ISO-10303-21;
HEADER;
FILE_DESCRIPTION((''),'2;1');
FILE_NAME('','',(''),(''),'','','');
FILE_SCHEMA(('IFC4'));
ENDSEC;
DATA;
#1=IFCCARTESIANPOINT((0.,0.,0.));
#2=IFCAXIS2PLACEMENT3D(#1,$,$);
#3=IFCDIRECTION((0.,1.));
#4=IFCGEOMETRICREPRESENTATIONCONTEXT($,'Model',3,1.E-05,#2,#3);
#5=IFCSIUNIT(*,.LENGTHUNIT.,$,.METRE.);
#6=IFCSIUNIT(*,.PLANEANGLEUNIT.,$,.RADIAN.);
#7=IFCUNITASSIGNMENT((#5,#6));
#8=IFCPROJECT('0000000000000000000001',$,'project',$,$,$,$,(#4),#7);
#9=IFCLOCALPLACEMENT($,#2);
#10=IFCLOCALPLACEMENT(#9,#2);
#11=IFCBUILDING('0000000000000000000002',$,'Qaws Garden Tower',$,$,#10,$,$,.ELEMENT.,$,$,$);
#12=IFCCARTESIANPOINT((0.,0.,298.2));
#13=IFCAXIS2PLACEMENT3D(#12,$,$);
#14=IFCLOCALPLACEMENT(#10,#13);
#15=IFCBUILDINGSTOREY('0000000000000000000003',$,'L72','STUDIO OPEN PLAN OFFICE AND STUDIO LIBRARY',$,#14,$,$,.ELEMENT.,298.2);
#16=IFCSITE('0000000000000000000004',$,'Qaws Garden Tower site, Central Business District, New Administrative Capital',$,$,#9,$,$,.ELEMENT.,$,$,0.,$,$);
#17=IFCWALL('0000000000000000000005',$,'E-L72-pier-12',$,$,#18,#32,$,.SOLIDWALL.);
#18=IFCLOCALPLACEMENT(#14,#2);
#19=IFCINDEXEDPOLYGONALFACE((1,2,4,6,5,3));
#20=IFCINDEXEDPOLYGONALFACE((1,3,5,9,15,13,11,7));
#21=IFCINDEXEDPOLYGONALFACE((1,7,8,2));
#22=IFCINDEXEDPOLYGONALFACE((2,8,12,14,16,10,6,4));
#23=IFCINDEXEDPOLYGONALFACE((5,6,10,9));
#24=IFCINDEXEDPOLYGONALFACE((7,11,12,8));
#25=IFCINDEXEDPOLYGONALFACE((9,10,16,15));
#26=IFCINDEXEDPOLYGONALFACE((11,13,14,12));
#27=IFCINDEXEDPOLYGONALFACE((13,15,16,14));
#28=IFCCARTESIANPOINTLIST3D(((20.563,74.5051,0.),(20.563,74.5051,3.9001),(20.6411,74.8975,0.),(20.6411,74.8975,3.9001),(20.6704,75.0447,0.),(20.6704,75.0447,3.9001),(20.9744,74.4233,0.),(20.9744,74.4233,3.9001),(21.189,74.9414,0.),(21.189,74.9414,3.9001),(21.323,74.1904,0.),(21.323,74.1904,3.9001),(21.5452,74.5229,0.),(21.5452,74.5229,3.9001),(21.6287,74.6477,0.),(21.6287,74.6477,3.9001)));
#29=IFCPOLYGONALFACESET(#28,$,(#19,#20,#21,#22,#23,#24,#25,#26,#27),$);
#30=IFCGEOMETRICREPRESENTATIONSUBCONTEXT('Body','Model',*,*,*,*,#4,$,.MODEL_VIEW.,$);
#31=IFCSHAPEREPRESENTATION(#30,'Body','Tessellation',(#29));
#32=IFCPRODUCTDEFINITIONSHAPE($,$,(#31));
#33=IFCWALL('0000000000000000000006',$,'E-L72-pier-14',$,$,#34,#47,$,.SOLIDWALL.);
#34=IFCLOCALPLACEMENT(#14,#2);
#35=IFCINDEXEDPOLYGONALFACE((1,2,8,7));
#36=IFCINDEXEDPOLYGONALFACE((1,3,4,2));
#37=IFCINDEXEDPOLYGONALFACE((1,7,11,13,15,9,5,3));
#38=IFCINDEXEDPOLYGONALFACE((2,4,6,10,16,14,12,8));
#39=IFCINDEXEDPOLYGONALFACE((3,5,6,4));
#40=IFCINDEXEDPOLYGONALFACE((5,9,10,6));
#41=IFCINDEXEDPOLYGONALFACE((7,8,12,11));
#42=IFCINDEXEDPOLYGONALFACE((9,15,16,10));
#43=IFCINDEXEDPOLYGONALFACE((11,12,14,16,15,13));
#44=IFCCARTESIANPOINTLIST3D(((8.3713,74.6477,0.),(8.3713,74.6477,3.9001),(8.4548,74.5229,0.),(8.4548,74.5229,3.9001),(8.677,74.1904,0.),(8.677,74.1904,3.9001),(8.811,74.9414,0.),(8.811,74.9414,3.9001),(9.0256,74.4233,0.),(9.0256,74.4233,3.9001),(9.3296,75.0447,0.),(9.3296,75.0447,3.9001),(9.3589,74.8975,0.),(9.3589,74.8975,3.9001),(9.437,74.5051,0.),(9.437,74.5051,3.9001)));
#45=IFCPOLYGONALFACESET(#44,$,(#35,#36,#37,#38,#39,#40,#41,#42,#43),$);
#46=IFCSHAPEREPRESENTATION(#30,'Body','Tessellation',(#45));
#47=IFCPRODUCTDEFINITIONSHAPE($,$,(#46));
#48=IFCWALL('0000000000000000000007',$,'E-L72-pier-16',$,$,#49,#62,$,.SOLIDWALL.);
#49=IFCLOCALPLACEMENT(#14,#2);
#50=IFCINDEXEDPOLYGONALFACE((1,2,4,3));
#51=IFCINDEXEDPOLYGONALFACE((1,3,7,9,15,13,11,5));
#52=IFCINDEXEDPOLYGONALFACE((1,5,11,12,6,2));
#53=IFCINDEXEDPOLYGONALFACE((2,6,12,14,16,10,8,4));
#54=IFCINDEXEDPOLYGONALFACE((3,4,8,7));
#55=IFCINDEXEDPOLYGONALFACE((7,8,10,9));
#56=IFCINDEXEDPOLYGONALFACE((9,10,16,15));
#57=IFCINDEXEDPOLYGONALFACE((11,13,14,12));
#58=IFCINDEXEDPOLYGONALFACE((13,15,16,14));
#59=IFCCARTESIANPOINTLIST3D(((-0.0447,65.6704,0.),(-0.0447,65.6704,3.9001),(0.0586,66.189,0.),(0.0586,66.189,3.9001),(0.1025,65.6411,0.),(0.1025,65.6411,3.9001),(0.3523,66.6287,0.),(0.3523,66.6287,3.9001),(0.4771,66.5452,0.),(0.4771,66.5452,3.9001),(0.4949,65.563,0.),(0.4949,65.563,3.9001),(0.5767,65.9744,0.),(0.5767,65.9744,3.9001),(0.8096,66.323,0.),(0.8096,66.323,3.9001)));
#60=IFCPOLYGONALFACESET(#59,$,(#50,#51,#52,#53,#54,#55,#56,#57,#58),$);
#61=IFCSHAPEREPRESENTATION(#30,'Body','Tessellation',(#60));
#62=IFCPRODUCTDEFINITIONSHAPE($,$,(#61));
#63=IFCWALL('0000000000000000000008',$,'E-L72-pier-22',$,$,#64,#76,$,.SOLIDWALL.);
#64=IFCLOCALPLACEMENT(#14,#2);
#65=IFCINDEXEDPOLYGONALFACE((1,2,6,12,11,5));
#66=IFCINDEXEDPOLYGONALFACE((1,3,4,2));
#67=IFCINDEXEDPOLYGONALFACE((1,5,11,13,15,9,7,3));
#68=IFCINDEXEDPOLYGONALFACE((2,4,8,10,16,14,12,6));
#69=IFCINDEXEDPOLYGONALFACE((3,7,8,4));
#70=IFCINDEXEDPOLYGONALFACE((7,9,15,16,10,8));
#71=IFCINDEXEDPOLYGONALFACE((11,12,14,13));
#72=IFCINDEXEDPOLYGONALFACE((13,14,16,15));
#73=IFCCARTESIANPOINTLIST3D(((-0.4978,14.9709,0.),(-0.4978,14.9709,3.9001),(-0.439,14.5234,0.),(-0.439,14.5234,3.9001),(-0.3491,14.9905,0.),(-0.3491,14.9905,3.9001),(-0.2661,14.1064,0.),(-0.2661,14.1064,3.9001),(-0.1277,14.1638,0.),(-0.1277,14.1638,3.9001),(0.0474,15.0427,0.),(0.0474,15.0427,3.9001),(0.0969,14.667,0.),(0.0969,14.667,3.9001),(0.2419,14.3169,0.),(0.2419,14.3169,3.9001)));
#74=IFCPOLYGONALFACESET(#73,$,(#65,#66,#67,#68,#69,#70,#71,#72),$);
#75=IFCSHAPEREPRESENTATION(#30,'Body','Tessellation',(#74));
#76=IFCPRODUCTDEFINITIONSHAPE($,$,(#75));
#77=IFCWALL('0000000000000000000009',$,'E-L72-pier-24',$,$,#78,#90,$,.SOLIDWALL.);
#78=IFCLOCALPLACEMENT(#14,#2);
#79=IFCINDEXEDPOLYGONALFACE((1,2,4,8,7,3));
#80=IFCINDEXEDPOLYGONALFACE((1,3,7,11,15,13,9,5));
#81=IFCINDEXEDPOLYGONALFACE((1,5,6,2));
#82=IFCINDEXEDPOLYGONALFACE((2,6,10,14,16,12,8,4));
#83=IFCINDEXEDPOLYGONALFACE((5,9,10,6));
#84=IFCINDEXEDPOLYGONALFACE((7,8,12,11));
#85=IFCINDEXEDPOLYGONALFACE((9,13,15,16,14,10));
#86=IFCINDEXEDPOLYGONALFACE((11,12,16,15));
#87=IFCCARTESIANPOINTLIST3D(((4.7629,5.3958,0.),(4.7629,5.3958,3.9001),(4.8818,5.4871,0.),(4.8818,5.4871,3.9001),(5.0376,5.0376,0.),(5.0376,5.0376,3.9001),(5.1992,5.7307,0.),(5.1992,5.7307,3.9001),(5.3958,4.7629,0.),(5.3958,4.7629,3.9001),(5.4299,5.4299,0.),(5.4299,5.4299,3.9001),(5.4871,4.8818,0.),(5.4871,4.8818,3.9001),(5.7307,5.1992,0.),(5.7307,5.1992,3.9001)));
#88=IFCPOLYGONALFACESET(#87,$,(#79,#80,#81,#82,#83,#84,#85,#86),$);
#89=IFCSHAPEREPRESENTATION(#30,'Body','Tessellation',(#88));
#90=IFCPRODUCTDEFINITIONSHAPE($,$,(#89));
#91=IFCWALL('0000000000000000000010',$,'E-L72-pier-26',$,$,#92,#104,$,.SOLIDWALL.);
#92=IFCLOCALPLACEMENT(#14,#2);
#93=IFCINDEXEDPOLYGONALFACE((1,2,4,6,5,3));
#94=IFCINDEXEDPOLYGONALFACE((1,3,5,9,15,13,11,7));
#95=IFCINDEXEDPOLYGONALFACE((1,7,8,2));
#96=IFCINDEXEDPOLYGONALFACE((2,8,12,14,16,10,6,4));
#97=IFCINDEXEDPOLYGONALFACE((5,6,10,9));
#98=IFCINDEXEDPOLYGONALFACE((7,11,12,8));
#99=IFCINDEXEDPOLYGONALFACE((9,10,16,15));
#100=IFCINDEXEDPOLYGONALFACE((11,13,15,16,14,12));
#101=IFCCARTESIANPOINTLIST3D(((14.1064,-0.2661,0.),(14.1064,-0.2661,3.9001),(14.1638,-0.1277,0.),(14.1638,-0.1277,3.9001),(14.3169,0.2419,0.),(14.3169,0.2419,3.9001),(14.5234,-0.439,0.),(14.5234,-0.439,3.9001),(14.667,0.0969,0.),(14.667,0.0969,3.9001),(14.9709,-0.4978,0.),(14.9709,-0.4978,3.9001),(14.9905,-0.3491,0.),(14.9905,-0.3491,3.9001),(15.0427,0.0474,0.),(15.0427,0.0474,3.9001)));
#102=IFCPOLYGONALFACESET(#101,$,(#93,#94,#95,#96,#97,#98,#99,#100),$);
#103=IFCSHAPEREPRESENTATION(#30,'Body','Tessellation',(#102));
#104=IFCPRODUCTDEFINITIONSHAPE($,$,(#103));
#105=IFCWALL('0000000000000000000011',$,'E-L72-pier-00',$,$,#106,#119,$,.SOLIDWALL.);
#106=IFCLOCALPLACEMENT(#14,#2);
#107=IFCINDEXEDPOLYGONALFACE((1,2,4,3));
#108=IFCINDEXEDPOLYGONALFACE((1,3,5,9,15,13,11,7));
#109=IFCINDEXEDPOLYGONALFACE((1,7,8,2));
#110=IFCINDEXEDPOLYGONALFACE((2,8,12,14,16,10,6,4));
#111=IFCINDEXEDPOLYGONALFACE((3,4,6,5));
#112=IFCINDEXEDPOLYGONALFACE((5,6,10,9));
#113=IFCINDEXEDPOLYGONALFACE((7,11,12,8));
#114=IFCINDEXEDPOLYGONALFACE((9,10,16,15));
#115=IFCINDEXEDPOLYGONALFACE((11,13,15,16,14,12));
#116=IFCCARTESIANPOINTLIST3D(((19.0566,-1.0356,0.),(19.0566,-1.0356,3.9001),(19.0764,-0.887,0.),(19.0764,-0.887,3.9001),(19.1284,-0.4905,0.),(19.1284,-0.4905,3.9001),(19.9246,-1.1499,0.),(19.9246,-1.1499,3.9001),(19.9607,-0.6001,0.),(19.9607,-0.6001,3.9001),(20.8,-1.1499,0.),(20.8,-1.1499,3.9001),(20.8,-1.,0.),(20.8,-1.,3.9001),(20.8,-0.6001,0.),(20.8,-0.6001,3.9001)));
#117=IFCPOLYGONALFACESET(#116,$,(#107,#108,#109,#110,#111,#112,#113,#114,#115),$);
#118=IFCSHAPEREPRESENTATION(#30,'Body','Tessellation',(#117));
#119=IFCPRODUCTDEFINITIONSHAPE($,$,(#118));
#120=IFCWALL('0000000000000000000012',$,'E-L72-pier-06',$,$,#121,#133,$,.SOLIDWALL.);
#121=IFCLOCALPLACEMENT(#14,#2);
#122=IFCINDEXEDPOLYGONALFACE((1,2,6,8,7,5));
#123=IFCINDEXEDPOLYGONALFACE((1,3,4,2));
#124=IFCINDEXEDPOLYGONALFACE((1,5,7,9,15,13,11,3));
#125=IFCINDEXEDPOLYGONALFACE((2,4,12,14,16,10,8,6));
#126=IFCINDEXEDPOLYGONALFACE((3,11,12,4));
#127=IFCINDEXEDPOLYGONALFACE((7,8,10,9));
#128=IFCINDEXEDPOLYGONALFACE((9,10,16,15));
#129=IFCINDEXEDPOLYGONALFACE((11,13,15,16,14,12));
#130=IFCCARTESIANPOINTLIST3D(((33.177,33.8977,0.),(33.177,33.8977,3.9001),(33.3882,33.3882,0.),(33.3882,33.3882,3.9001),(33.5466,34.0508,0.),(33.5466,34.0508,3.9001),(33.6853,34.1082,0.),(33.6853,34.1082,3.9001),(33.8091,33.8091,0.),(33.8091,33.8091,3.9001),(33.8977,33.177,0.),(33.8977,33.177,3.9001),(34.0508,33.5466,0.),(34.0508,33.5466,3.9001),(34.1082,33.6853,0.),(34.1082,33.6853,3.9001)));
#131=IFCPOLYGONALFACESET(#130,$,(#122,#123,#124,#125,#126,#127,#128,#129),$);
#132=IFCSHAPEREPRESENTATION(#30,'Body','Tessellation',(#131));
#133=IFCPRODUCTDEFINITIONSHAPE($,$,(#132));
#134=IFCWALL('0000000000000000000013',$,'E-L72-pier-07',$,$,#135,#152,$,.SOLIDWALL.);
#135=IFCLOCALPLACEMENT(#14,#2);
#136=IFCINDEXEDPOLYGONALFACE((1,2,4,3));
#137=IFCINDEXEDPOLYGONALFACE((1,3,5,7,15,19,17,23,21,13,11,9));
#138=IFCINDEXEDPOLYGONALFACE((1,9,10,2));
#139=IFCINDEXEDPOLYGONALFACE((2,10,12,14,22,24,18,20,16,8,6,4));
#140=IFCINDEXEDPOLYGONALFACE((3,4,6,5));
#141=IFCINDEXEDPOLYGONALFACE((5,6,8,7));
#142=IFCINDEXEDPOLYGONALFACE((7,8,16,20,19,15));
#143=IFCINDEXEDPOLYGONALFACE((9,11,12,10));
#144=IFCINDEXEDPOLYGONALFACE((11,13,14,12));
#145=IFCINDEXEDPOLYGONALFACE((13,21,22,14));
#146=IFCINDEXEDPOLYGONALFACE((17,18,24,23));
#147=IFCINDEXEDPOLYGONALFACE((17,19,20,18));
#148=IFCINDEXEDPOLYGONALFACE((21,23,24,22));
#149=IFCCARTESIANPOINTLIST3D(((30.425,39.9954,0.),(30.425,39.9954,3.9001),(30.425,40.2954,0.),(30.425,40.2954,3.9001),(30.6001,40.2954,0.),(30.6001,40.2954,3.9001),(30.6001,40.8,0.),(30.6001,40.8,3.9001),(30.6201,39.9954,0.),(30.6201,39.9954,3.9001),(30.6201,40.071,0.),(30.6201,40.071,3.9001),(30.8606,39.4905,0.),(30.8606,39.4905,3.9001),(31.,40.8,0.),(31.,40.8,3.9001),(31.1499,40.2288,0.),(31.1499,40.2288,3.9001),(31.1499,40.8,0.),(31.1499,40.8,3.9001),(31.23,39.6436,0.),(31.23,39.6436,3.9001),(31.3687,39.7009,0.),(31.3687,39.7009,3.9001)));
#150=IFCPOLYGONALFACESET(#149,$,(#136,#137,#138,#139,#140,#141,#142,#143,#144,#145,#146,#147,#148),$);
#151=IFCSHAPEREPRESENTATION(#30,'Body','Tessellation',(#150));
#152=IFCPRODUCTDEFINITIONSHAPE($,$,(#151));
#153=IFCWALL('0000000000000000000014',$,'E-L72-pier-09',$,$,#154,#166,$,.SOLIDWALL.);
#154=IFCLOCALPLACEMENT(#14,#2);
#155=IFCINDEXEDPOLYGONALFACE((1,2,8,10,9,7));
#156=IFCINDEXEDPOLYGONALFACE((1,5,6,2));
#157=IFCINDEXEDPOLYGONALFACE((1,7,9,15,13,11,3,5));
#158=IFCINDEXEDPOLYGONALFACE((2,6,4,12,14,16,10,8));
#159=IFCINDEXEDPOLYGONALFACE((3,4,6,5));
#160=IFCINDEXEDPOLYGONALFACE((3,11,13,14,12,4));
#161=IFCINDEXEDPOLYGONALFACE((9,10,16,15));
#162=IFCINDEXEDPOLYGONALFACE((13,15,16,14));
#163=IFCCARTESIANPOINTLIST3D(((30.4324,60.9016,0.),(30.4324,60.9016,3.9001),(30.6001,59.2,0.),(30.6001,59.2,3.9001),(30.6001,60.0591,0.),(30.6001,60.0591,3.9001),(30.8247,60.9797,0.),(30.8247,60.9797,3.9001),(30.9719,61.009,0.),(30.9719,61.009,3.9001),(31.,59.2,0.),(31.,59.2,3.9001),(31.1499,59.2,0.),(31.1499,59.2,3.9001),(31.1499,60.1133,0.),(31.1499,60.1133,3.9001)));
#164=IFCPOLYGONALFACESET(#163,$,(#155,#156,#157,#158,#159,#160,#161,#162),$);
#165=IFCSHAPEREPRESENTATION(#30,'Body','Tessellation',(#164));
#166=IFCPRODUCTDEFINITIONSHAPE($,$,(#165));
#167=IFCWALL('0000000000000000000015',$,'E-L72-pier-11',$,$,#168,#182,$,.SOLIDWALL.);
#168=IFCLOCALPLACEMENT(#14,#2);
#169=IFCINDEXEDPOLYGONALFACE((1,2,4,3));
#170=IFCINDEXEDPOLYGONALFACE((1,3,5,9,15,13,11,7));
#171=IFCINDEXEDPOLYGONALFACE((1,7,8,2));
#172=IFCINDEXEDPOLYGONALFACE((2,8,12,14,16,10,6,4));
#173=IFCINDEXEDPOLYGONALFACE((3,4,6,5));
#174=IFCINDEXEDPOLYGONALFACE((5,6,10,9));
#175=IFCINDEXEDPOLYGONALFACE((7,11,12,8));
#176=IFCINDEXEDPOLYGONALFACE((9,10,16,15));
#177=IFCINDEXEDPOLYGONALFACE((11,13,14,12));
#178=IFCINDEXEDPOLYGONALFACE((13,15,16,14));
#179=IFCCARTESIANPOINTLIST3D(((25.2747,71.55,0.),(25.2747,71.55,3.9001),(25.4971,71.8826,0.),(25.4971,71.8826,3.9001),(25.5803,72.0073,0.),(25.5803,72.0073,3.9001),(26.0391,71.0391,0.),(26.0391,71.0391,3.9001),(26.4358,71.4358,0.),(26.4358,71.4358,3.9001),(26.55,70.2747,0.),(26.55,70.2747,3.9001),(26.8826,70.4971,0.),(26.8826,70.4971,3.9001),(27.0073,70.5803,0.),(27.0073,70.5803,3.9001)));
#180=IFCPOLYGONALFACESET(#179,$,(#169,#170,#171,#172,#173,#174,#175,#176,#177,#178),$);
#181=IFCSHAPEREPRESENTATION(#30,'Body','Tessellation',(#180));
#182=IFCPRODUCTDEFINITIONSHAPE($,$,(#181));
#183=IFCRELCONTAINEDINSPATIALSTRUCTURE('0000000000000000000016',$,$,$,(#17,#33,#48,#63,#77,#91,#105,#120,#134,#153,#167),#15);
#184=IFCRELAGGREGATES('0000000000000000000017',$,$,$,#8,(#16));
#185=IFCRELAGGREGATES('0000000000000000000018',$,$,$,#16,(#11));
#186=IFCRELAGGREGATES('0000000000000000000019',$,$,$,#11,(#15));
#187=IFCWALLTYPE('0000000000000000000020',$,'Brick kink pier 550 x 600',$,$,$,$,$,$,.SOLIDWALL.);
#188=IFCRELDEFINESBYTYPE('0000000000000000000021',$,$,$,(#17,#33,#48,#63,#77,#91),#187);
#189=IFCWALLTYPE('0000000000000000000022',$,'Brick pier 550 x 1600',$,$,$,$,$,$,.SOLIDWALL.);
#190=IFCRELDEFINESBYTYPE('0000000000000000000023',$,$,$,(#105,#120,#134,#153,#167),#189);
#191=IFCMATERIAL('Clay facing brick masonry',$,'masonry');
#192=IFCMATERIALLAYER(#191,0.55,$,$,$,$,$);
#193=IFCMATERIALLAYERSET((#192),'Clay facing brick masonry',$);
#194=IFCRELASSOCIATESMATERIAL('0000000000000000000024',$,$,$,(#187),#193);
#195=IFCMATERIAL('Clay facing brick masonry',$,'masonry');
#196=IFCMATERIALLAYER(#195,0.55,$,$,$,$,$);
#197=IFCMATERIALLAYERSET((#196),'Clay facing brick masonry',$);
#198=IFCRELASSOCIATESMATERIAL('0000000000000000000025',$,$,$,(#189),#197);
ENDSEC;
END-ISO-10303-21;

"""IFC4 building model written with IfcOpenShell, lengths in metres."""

from ifc_helpers import new_model, si_unit, direction, frame, origin, place, context, subcontext, project, spatial, polyline, outline, extrude, material, layer, layer_set, type_object, element, save


model = new_model("IFC4")

# Units and contexts
model_context = context("Model", 3, precision=1e-05, world=origin(), true_north=direction((0.0, 1.0)))
body_context = subcontext(model_context, "Body", "Model", "MODEL_VIEW")
ifc_project = project(units=[si_unit("LENGTHUNIT", "METRE"), si_unit("PLANEANGLEUNIT", "RADIAN")], contexts=[model_context])

# Site, building, storey
site_placement = place(None, origin())
site = spatial("IfcSite", under=ifc_project, at=site_placement, Name="Qaws Garden Tower site, Central Business District, New Administrative Capital", CompositionType="ELEMENT", RefElevation=0.0)
building_placement = place(site_placement, origin())
building = spatial("IfcBuilding", under=site, at=building_placement, Name="Qaws Garden Tower", CompositionType="ELEMENT")
storey_placement = place(building_placement, frame((0.0, 0.0, 298.2)))
storey = spatial("IfcBuildingStorey", under=building, at=storey_placement, Name="L72", Description="STUDIO OPEN PLAN OFFICE AND STUDIO LIBRARY", CompositionType="ELEMENT", Elevation=298.2)

# Walls
placement = place(storey_placement, origin())
ifc_material_1 = material(Name="Clay facing brick masonry", Category="masonry")
ifc_layer_1 = layer(ifc_material_1, 0.55)
ifc_layer_set_1 = layer_set([ifc_layer_1], Name="Clay facing brick masonry")
wall_type_1 = type_object("IfcWallType", Name="Brick kink pier 550 x 600", PredefinedType="SOLIDWALL", material=ifc_layer_set_1)
element("IfcWall", 1, at=placement, inside=storey, type_object=wall_type_1, Name="E-L72-pier-12", PredefinedType="SOLIDWALL", context=body_context, shape_type="SweptSolid", body=[
    extrude(outline(polyline([(21.5452, 74.5229), (21.6287, 74.6477), (21.189, 74.9414), (20.6704, 75.0447), (20.6411, 74.8975), (20.563, 74.5051), (20.9744, 74.4233), (21.323, 74.1904), (21.5452, 74.5229)])), origin(), (0.0, 0.0, 1.0), 3.9001),
])
element("IfcWall", 2, at=placement, inside=storey, type_object=wall_type_1, Name="E-L72-pier-14", PredefinedType="SOLIDWALL", context=body_context, shape_type="SweptSolid", body=[
    extrude(outline(polyline([(9.3589, 74.8975), (9.3296, 75.0447), (8.811, 74.9414), (8.3713, 74.6477), (8.4548, 74.5229), (8.677, 74.1904), (9.0256, 74.4233), (9.437, 74.5051), (9.3589, 74.8975)])), origin(), (0.0, 0.0, 1.0), 3.9001),
])
element("IfcWall", 3, at=placement, inside=storey, type_object=wall_type_1, Name="E-L72-pier-16", PredefinedType="SOLIDWALL", context=body_context, shape_type="SweptSolid", body=[
    extrude(outline(polyline([(0.4771, 66.5452), (0.3523, 66.6287), (0.0586, 66.189), (-0.0447, 65.6704), (0.1025, 65.6411), (0.4949, 65.563), (0.5767, 65.9744), (0.8096, 66.323), (0.4771, 66.5452)])), origin(), (0.0, 0.0, 1.0), 3.9001),
])
element("IfcWall", 4, at=placement, inside=storey, type_object=wall_type_1, Name="E-L72-pier-22", PredefinedType="SOLIDWALL", context=body_context, shape_type="SweptSolid", body=[
    extrude(outline(polyline([(-0.3491, 14.9905), (-0.4978, 14.9709), (-0.439, 14.5234), (-0.2661, 14.1064), (-0.1277, 14.1638), (0.2419, 14.3169), (0.0969, 14.667), (0.0474, 15.0427), (-0.3491, 14.9905)])), origin(), (0.0, 0.0, 1.0), 3.9001),
])
element("IfcWall", 5, at=placement, inside=storey, type_object=wall_type_1, Name="E-L72-pier-24", PredefinedType="SOLIDWALL", context=body_context, shape_type="SweptSolid", body=[
    extrude(outline(polyline([(4.8818, 5.4871), (4.7629, 5.3958), (5.0376, 5.0376), (5.3958, 4.7629), (5.4871, 4.8818), (5.7307, 5.1992), (5.4299, 5.4299), (5.1992, 5.7307), (4.8818, 5.4871)])), origin(), (0.0, 0.0, 1.0), 3.9001),
])
element("IfcWall", 6, at=placement, inside=storey, type_object=wall_type_1, Name="E-L72-pier-26", PredefinedType="SOLIDWALL", context=body_context, shape_type="SweptSolid", body=[
    extrude(outline(polyline([(14.1638, -0.1277), (14.1064, -0.2661), (14.5234, -0.439), (14.9709, -0.4978), (14.9905, -0.3491), (15.0427, 0.0474), (14.667, 0.0969), (14.3169, 0.2419), (14.1638, -0.1277)])), origin(), (0.0, 0.0, 1.0), 3.9001),
])
ifc_material_2 = material(Name="Clay facing brick masonry", Category="masonry")
ifc_layer_2 = layer(ifc_material_2, 0.55)
ifc_layer_set_2 = layer_set([ifc_layer_2], Name="Clay facing brick masonry")
wall_type_2 = type_object("IfcWallType", Name="Brick pier 550 x 1600", PredefinedType="SOLIDWALL", material=ifc_layer_set_2)
element("IfcWall", 7, at=placement, inside=storey, type_object=wall_type_2, Name="E-L72-pier-00", PredefinedType="SOLIDWALL", context=body_context, shape_type="SweptSolid", body=[
    extrude(outline(polyline([(19.0764, -0.887), (19.0566, -1.0356), (19.9246, -1.1499), (20.8, -1.1499), (20.8, -1.0), (20.8, -0.6001), (19.9607, -0.6001), (19.1284, -0.4905), (19.0764, -0.887)])), origin(), (0.0, 0.0, 1.0), 3.9001),
])
element("IfcWall", 8, at=placement, inside=storey, type_object=wall_type_2, Name="E-L72-pier-06", PredefinedType="SOLIDWALL", context=body_context, shape_type="SweptSolid", body=[
    extrude(outline(polyline([(34.0508, 33.5466), (34.1082, 33.6853), (33.8091, 33.8091), (33.6853, 34.1082), (33.5466, 34.0508), (33.177, 33.8977), (33.3882, 33.3882), (33.8977, 33.177), (34.0508, 33.5466)])), origin(), (0.0, 0.0, 1.0), 3.9001),
])
element("IfcWall", 9, at=placement, inside=storey, type_object=wall_type_2, Name="E-L72-pier-07", PredefinedType="SOLIDWALL", context=body_context, shape_type="SweptSolid", body=[
    extrude(outline(polyline([(30.6201, 39.9954), (30.6201, 40.071), (30.8606, 39.4905), (31.23, 39.6436), (31.3687, 39.7009), (31.1499, 40.2288), (31.1499, 40.8), (31.0, 40.8), (30.6001, 40.8), (30.6001, 40.2954), (30.425, 40.2954), (30.425, 39.9954), (30.6201, 39.9954)])), origin(), (0.0, 0.0, 1.0), 3.9001),
])
element("IfcWall", 10, at=placement, inside=storey, type_object=wall_type_2, Name="E-L72-pier-09", PredefinedType="SOLIDWALL", context=body_context, shape_type="SweptSolid", body=[
    extrude(outline(polyline([(31.0, 59.2), (31.1499, 59.2), (31.1499, 60.1133), (30.9719, 61.009), (30.8247, 60.9797), (30.4324, 60.9016), (30.6001, 60.0591), (30.6001, 59.2), (31.0, 59.2)])), origin(), (0.0, 0.0, 1.0), 3.9001),
])
element("IfcWall", 11, at=placement, inside=storey, type_object=wall_type_2, Name="E-L72-pier-11", PredefinedType="SOLIDWALL", context=body_context, shape_type="SweptSolid", body=[
    extrude(outline(polyline([(26.8826, 70.4971), (27.0073, 70.5803), (26.4358, 71.4358), (25.5803, 72.0073), (25.4971, 71.8826), (25.2747, 71.55), (26.0391, 71.0391), (26.55, 70.2747), (26.8826, 70.4971)])), origin(), (0.0, 0.0, 1.0), 3.9001),
])

save(model, "model.ifc")
